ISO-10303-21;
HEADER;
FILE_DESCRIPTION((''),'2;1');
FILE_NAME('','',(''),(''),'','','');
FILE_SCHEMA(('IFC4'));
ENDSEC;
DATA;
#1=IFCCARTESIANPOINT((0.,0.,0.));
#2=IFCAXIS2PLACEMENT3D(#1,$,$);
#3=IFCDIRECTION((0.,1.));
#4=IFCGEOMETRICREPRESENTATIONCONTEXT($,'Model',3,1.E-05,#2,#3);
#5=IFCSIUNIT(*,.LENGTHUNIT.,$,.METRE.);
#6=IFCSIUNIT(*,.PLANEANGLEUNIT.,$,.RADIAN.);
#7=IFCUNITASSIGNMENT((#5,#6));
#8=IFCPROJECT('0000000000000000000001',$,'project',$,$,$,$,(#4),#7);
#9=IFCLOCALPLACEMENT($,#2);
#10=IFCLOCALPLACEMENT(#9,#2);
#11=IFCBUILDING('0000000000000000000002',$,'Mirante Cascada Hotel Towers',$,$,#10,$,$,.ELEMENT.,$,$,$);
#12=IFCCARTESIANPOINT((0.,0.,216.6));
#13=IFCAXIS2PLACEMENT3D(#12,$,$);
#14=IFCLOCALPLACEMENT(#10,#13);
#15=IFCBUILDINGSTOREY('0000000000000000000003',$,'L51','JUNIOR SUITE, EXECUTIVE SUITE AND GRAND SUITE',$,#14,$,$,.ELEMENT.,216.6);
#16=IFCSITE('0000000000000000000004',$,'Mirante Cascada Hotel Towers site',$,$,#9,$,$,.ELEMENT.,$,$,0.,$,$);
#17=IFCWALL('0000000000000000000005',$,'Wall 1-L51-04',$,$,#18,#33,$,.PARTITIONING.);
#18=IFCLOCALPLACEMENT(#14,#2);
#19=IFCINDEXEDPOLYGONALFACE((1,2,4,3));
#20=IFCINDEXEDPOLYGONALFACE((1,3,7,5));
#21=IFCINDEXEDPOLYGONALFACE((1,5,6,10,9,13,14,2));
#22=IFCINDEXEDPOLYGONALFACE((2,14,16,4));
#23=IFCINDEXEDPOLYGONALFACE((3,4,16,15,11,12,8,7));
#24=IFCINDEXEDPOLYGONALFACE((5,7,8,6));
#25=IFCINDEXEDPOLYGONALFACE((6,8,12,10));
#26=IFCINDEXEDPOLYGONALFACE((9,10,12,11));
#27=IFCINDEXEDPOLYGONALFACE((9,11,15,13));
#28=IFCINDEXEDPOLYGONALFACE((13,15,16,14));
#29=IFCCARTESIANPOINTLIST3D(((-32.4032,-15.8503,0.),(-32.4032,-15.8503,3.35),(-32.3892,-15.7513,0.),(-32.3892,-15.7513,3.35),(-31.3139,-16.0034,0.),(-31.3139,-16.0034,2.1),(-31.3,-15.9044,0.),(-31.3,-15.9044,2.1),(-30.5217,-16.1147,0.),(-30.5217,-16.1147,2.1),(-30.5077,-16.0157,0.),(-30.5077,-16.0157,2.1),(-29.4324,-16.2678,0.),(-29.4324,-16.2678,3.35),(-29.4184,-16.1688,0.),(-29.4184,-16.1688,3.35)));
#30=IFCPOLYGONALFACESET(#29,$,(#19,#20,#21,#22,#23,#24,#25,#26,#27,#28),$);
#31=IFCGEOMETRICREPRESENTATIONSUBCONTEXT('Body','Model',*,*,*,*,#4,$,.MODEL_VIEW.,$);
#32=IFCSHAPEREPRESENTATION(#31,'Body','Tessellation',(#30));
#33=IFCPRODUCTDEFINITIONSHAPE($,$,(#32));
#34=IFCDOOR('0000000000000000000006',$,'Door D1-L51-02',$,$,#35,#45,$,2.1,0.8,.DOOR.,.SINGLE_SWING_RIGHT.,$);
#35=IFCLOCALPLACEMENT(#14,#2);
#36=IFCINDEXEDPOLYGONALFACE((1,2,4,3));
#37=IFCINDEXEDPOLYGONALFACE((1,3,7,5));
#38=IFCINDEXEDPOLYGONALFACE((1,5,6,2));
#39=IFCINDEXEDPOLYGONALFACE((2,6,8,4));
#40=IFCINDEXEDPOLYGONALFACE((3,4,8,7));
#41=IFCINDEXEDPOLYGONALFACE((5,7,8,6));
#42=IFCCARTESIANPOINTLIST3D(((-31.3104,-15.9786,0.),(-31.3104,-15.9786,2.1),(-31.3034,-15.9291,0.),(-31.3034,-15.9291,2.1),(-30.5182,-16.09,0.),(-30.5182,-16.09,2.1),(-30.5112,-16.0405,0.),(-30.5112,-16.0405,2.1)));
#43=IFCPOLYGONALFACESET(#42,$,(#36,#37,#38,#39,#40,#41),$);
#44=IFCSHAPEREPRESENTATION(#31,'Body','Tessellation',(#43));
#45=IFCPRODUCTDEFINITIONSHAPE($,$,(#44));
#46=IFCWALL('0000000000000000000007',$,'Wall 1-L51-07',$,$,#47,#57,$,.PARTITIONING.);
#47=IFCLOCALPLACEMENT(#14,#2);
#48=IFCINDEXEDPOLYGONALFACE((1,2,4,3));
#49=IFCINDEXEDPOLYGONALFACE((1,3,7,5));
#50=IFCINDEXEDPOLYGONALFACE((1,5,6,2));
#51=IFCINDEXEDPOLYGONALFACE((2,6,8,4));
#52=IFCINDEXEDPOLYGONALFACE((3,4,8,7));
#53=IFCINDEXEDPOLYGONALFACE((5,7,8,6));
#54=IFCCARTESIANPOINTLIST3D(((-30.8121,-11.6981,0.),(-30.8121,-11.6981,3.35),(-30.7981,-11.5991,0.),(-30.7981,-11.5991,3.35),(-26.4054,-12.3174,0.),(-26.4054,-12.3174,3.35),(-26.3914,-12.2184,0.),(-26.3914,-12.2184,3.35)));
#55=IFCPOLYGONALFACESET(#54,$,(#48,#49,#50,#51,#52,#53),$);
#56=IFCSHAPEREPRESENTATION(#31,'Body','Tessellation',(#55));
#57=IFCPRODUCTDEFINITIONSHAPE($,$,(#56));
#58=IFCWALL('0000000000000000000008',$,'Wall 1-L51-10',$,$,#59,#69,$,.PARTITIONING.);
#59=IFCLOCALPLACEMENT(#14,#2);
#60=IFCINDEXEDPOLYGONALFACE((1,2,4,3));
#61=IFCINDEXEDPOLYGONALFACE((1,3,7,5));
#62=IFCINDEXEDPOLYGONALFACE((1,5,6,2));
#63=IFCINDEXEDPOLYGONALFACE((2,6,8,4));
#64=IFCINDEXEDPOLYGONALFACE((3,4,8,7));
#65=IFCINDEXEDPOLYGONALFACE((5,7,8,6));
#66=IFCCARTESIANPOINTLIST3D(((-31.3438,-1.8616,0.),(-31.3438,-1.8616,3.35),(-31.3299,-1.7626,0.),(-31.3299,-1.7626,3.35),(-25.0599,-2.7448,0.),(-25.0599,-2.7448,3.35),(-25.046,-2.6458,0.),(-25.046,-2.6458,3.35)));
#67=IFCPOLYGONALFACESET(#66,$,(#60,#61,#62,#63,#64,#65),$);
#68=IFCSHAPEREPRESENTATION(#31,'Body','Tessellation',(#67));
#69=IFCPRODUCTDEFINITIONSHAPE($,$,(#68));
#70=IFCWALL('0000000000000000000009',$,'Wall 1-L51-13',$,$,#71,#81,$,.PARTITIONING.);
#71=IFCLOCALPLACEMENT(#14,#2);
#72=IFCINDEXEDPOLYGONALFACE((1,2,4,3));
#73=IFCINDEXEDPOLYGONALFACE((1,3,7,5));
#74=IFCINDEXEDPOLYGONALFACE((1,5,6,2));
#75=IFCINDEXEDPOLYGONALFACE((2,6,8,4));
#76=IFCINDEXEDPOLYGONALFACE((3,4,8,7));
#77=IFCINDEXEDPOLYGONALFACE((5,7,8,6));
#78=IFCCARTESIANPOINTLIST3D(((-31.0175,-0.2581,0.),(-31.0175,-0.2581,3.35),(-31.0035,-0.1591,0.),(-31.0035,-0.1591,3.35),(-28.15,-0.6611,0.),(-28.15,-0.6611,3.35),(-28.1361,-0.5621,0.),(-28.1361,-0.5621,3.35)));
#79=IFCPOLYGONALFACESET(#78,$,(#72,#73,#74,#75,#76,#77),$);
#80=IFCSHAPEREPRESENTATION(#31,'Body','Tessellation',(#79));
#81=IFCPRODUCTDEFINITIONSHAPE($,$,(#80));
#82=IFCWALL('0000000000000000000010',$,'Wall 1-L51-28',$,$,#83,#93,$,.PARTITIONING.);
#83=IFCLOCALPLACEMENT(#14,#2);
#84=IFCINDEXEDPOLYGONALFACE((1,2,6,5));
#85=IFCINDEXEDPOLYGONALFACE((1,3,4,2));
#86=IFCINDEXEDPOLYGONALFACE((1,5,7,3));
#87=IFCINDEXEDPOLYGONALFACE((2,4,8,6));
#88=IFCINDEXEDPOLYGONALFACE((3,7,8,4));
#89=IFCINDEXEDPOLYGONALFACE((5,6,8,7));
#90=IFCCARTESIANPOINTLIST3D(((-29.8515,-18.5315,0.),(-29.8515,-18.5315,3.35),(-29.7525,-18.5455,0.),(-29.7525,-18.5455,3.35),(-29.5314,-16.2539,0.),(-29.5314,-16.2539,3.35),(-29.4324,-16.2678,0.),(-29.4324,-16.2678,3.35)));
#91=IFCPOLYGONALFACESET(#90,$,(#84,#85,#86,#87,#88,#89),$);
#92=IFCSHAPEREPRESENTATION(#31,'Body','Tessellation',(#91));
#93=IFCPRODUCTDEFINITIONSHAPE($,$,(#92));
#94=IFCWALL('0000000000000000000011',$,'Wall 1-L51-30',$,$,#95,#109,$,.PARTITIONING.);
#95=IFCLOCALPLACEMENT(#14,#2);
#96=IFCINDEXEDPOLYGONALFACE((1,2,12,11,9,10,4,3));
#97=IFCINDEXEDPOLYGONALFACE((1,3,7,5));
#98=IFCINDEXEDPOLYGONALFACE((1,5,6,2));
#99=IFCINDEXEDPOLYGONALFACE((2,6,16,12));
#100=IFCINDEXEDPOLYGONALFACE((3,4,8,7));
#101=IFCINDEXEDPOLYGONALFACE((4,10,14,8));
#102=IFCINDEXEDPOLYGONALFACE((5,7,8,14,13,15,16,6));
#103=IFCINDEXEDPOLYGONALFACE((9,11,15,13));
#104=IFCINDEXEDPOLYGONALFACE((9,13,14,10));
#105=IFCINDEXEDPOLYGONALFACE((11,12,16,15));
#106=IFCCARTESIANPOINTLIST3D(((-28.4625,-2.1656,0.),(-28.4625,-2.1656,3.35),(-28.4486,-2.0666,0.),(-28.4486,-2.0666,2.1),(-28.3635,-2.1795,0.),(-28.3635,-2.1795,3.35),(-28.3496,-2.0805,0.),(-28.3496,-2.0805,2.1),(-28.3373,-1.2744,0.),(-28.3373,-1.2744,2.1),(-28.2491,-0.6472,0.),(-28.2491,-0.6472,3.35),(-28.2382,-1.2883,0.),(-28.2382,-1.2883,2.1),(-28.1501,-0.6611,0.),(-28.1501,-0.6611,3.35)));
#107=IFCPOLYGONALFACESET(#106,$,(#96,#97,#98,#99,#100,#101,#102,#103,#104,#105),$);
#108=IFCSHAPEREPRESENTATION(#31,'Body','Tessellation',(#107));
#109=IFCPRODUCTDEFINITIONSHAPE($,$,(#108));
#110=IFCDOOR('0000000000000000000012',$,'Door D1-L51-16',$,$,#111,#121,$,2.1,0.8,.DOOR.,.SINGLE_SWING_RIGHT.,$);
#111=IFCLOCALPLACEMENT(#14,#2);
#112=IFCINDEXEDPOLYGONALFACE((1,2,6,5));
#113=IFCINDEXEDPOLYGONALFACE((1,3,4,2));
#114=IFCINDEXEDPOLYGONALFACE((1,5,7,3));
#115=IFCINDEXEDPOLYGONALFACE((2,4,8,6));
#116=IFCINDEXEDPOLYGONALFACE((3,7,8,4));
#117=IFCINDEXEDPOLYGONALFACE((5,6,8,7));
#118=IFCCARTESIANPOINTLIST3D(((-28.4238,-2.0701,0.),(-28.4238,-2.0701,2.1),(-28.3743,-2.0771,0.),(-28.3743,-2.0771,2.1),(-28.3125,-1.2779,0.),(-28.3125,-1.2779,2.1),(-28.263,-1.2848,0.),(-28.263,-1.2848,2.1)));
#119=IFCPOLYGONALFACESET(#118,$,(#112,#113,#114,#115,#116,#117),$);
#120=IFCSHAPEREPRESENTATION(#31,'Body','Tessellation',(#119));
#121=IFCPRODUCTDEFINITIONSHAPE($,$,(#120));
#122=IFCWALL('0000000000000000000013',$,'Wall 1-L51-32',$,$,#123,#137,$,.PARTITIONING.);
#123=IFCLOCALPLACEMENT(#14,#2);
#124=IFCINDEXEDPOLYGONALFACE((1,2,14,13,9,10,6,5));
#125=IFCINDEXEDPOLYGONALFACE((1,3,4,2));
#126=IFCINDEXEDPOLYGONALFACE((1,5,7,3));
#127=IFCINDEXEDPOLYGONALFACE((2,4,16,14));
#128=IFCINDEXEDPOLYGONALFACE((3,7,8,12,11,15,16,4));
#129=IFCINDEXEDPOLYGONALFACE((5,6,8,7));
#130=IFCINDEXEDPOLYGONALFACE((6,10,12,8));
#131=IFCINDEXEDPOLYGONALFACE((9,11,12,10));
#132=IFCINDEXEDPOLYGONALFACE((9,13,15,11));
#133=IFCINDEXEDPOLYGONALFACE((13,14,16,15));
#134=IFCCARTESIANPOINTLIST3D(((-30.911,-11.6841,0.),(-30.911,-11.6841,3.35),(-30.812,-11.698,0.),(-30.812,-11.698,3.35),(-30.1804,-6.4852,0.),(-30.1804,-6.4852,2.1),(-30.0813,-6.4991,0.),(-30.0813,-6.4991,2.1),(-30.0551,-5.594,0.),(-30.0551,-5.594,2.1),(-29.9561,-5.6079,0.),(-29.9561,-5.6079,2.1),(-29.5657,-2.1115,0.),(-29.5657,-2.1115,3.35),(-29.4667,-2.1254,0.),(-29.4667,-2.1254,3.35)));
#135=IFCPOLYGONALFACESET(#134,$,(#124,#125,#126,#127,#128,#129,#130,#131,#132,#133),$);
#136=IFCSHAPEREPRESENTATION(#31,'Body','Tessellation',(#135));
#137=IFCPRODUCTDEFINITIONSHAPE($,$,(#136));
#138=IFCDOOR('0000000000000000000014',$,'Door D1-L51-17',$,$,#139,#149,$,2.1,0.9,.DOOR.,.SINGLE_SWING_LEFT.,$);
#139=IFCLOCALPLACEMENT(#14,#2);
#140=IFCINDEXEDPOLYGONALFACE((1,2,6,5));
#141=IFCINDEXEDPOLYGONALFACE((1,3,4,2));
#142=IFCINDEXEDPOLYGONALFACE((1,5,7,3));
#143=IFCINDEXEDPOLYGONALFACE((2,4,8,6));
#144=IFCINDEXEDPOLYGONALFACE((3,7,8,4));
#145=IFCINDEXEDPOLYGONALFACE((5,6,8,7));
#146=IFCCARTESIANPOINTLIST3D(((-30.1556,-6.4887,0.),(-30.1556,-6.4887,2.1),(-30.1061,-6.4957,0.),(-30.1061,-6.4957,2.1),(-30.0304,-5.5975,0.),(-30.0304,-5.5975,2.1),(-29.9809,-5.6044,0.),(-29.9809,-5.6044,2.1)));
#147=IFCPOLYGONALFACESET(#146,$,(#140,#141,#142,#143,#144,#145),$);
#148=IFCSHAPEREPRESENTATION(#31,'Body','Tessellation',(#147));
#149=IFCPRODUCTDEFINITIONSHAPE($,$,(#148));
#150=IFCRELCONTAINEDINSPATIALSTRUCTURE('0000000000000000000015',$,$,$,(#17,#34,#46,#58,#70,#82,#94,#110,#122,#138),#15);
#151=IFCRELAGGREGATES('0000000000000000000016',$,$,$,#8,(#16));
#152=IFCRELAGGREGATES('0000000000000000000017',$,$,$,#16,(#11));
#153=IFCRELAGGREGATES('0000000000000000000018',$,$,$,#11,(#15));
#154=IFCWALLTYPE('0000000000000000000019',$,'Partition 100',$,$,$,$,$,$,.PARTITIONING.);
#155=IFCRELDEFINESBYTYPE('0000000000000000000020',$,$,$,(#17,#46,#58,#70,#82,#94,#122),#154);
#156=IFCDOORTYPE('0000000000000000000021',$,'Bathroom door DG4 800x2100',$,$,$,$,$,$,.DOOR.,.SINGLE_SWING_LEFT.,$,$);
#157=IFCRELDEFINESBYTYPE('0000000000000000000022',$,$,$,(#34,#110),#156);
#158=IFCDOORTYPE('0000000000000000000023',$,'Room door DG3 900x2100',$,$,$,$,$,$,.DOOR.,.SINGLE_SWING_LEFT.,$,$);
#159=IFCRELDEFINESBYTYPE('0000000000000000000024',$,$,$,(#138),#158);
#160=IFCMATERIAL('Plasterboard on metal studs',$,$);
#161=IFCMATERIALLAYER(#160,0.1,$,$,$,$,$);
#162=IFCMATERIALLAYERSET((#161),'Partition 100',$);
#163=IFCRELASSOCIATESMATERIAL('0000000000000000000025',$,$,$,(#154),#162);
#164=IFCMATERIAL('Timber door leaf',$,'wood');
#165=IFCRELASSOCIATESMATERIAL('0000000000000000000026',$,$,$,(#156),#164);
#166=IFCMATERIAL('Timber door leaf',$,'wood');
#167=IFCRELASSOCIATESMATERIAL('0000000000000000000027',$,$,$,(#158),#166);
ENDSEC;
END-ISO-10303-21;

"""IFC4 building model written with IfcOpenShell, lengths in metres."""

from ifc_helpers import new_model, si_unit, direction, frame, frame_2d, origin, place, context, subcontext, project, spatial, rectangle, extrude, material, layer, layer_set, type_object, element, fill, save


model = new_model("IFC4")

# Units and contexts
model_context = context("Model", 3, precision=1e-05, world=origin(), true_north=direction((0.0, 1.0)))
body_context = subcontext(model_context, "Body", "Model", "MODEL_VIEW")
ifc_project = project(units=[si_unit("LENGTHUNIT", "METRE"), si_unit("PLANEANGLEUNIT", "RADIAN")], contexts=[model_context])

# Site, building, storey
site_placement = place(None, origin())
site = spatial("IfcSite", under=ifc_project, at=site_placement, Name="Mirante Cascada Hotel Towers site", CompositionType="ELEMENT", RefElevation=0.0)
building_placement = place(site_placement, origin())
building = spatial("IfcBuilding", under=site, at=building_placement, Name="Mirante Cascada Hotel Towers", CompositionType="ELEMENT")
storey_placement = place(building_placement, frame((0.0, 0.0, 216.6)))
storey = spatial("IfcBuildingStorey", under=building, at=storey_placement, Name="L51", Description="JUNIOR SUITE, EXECUTIVE SUITE AND GRAND SUITE", CompositionType="ELEMENT", Elevation=216.6)

# Shared definitions
ifc_material_1 = material(Name="Plasterboard on metal studs")
ifc_layer_1 = layer(ifc_material_1, 0.1)
ifc_layer_set_1 = layer_set([ifc_layer_1], Name="Partition 100")
wall_type_1 = type_object("IfcWallType", Name="Partition 100", PredefinedType="PARTITIONING", material=ifc_layer_set_1)

# Wall, opening, door
wall_1_placement = place(storey_placement, frame((-29.4254, -16.2183, 0.0), z_axis=(0.0, 0.0, 1.0), x_axis=(-0.990269, 0.139167, 0.0)))
wall_1 = element("IfcWall", 1, at=wall_1_placement, inside=storey, type_object=wall_type_1, Name="Wall 1-L51-04", PredefinedType="PARTITIONING", context=body_context, shape_type="SweptSolid", body=[
    extrude(rectangle(XDim=3.0, YDim=0.1, at=frame_2d((1.5, 0.0))), origin(), (0.0, 0.0, 1.0), 3.35),
])
opening_1_placement = place(wall_1_placement, frame((1.1, 0.0, 0.0)))
opening_1 = element("IfcOpeningElement", 2, at=opening_1_placement, cuts=wall_1, PredefinedType="OPENING", context=body_context, shape_type="SweptSolid", body=[
    extrude(rectangle(XDim=0.8, YDim=2.1, at=frame_2d((0.4, 1.05))), frame((0.0, 0.05, 0.0), z_axis=(0.0, -1.0, 0.0), x_axis=(1.0, 0.0, 0.0)), (0.0, 0.0, 1.0), 0.1),
])
ifc_material_2 = material(Name="Timber door leaf", Category="wood")
door_type_1 = type_object("IfcDoorType", Name="Bathroom door DG4 800x2100", OperationType="SINGLE_SWING_LEFT", PredefinedType="DOOR", material=ifc_material_2)
door_1_placement = place(opening_1_placement, frame((0.8, 0.0, 0.0), z_axis=(0.0, 0.0, 1.0), x_axis=(-1.0, 0.0, 0.0)))
door_1 = element("IfcDoor", 3, at=door_1_placement, inside=storey, type_object=door_type_1, Name="Door D1-L51-02", OperationType="SINGLE_SWING_RIGHT", OverallHeight=2.1, OverallWidth=0.8, PredefinedType="DOOR", context=body_context, shape_type="SweptSolid", body=[
    extrude(rectangle(XDim=0.8, YDim=2.1, at=frame_2d((0.4, 1.05))), frame((0.0, 0.025, 0.0), z_axis=(0.0, -1.0, 0.0), x_axis=(1.0, 0.0, 0.0)), (0.0, 0.0, 1.0), 0.05),
])
fill(opening_1, door_1)

# Walls
wall_2_placement = place(storey_placement, frame((-30.8051, -11.6486, 0.0), z_axis=(0.0, 0.0, 1.0), x_axis=(0.990269, -0.139168, 0.0)))
element("IfcWall", 4, at=wall_2_placement, inside=storey, type_object=wall_type_1, Name="Wall 1-L51-07", PredefinedType="PARTITIONING", context=body_context, shape_type="SweptSolid", body=[
    extrude(rectangle(XDim=4.45, YDim=0.1, at=frame_2d((2.225, 0.0))), origin(), (0.0, 0.0, 1.0), 3.35),
])
wall_3_placement = place(storey_placement, frame((-25.053, -2.6953, 0.0), z_axis=(0.0, 0.0, 1.0), x_axis=(-0.990267, 0.139182, 0.0)))
element("IfcWall", 5, at=wall_3_placement, inside=storey, type_object=wall_type_1, Name="Wall 1-L51-10", PredefinedType="PARTITIONING", context=body_context, shape_type="SweptSolid", body=[
    extrude(rectangle(XDim=6.3457, YDim=0.1, at=frame_2d((3.1728, 0.0))), origin(), (0.0, 0.0, 1.0), 3.35),
])
wall_4_placement = place(storey_placement, frame((-31.0105, -0.2086, 0.0), z_axis=(0.0, 0.0, 1.0), x_axis=(0.990267, -0.139178, 0.0)))
element("IfcWall", 6, at=wall_4_placement, inside=storey, type_object=wall_type_1, Name="Wall 1-L51-13", PredefinedType="PARTITIONING", context=body_context, shape_type="SweptSolid", body=[
    extrude(rectangle(XDim=2.8956, YDim=0.1, at=frame_2d((1.4478, 0.0))), origin(), (0.0, 0.0, 1.0), 3.35),
])
wall_5_placement = place(storey_placement, frame((-29.802, -18.5385, 0.0), z_axis=(0.0, 0.0, 1.0), x_axis=(0.139175, 0.990268, 0.0)))
element("IfcWall", 7, at=wall_5_placement, inside=storey, type_object=wall_type_1, Name="Wall 1-L51-28", PredefinedType="PARTITIONING", context=body_context, shape_type="SweptSolid", body=[
    extrude(rectangle(XDim=2.3, YDim=0.1, at=frame_2d((1.15, 0.0))), origin(), (0.0, 0.0, 1.0), 3.35),
])

# Walls, openings, doors
wall_6_placement = place(storey_placement, frame((-28.413, -2.1726, 0.0), z_axis=(0.0, 0.0, 1.0), x_axis=(0.139175, 0.990268, 0.0)))
wall_6 = element("IfcWall", 8, at=wall_6_placement, inside=storey, type_object=wall_type_1, Name="Wall 1-L51-30", PredefinedType="PARTITIONING", context=body_context, shape_type="SweptSolid", body=[
    extrude(rectangle(XDim=1.5333, YDim=0.1, at=frame_2d((0.7667, 0.0))), origin(), (0.0, 0.0, 1.0), 3.35),
])
opening_2_placement = place(wall_6_placement, frame((0.1, 0.0, 0.0)))
opening_2 = element("IfcOpeningElement", 9, at=opening_2_placement, cuts=wall_6, PredefinedType="OPENING", context=body_context, shape_type="SweptSolid", body=[
    extrude(rectangle(XDim=0.8, YDim=2.1, at=frame_2d((0.4, 1.05))), frame((0.0, 0.05, 0.0), z_axis=(0.0, -1.0, 0.0), x_axis=(1.0, 0.0, 0.0)), (0.0, 0.0, 1.0), 0.1),
])
door_2_placement = place(opening_2_placement, frame((0.8, 0.0, 0.0), z_axis=(0.0, 0.0, 1.0), x_axis=(-1.0, 0.0, 0.0)))
door_2 = element("IfcDoor", 10, at=door_2_placement, inside=storey, type_object=door_type_1, Name="Door D1-L51-16", OperationType="SINGLE_SWING_RIGHT", OverallHeight=2.1, OverallWidth=0.8, PredefinedType="DOOR", context=body_context, shape_type="SweptSolid", body=[
    extrude(rectangle(XDim=0.8, YDim=2.1, at=frame_2d((0.4, 1.05))), frame((0.0, 0.025, 0.0), z_axis=(0.0, -1.0, 0.0), x_axis=(1.0, 0.0, 0.0)), (0.0, 0.0, 1.0), 0.05),
])
fill(opening_2, door_2)
wall_7_placement = place(storey_placement, frame((-30.8615, -11.6911, 0.0), z_axis=(0.0, 0.0, 1.0), x_axis=(0.139169, 0.990269, 0.0)))
wall_7 = element("IfcWall", 11, at=wall_7_placement, inside=storey, type_object=wall_type_1, Name="Wall 1-L51-32", PredefinedType="PARTITIONING", context=body_context, shape_type="SweptSolid", body=[
    extrude(rectangle(XDim=9.6667, YDim=0.1, at=frame_2d((4.8334, 0.0))), origin(), (0.0, 0.0, 1.0), 3.35),
])
opening_3_placement = place(wall_7_placement, frame((5.25, 0.0, 0.0)))
opening_3 = element("IfcOpeningElement", 12, at=opening_3_placement, cuts=wall_7, PredefinedType="OPENING", context=body_context, shape_type="SweptSolid", body=[
    extrude(rectangle(XDim=0.9, YDim=2.1, at=frame_2d((0.45, 1.05))), frame((0.0, 0.05, 0.0), z_axis=(0.0, -1.0, 0.0), x_axis=(1.0, 0.0, 0.0)), (0.0, 0.0, 1.0), 0.1),
])
ifc_material_3 = material(Name="Timber door leaf", Category="wood")
door_type_2 = type_object("IfcDoorType", Name="Room door DG3 900x2100", OperationType="SINGLE_SWING_LEFT", PredefinedType="DOOR", material=ifc_material_3)
door_3_placement = place(opening_3_placement, origin())
door_3 = element("IfcDoor", 13, at=door_3_placement, inside=storey, type_object=door_type_2, Name="Door D1-L51-17", OperationType="SINGLE_SWING_LEFT", OverallHeight=2.1, OverallWidth=0.9, PredefinedType="DOOR", context=body_context, shape_type="SweptSolid", body=[
    extrude(rectangle(XDim=0.9, YDim=2.1, at=frame_2d((0.45, 1.05))), frame((0.0, 0.025, 0.0), z_axis=(0.0, -1.0, 0.0), x_axis=(1.0, 0.0, 0.0)), (0.0, 0.0, 1.0), 0.05),
])
fill(opening_3, door_3)

save(model, "model.ifc")
